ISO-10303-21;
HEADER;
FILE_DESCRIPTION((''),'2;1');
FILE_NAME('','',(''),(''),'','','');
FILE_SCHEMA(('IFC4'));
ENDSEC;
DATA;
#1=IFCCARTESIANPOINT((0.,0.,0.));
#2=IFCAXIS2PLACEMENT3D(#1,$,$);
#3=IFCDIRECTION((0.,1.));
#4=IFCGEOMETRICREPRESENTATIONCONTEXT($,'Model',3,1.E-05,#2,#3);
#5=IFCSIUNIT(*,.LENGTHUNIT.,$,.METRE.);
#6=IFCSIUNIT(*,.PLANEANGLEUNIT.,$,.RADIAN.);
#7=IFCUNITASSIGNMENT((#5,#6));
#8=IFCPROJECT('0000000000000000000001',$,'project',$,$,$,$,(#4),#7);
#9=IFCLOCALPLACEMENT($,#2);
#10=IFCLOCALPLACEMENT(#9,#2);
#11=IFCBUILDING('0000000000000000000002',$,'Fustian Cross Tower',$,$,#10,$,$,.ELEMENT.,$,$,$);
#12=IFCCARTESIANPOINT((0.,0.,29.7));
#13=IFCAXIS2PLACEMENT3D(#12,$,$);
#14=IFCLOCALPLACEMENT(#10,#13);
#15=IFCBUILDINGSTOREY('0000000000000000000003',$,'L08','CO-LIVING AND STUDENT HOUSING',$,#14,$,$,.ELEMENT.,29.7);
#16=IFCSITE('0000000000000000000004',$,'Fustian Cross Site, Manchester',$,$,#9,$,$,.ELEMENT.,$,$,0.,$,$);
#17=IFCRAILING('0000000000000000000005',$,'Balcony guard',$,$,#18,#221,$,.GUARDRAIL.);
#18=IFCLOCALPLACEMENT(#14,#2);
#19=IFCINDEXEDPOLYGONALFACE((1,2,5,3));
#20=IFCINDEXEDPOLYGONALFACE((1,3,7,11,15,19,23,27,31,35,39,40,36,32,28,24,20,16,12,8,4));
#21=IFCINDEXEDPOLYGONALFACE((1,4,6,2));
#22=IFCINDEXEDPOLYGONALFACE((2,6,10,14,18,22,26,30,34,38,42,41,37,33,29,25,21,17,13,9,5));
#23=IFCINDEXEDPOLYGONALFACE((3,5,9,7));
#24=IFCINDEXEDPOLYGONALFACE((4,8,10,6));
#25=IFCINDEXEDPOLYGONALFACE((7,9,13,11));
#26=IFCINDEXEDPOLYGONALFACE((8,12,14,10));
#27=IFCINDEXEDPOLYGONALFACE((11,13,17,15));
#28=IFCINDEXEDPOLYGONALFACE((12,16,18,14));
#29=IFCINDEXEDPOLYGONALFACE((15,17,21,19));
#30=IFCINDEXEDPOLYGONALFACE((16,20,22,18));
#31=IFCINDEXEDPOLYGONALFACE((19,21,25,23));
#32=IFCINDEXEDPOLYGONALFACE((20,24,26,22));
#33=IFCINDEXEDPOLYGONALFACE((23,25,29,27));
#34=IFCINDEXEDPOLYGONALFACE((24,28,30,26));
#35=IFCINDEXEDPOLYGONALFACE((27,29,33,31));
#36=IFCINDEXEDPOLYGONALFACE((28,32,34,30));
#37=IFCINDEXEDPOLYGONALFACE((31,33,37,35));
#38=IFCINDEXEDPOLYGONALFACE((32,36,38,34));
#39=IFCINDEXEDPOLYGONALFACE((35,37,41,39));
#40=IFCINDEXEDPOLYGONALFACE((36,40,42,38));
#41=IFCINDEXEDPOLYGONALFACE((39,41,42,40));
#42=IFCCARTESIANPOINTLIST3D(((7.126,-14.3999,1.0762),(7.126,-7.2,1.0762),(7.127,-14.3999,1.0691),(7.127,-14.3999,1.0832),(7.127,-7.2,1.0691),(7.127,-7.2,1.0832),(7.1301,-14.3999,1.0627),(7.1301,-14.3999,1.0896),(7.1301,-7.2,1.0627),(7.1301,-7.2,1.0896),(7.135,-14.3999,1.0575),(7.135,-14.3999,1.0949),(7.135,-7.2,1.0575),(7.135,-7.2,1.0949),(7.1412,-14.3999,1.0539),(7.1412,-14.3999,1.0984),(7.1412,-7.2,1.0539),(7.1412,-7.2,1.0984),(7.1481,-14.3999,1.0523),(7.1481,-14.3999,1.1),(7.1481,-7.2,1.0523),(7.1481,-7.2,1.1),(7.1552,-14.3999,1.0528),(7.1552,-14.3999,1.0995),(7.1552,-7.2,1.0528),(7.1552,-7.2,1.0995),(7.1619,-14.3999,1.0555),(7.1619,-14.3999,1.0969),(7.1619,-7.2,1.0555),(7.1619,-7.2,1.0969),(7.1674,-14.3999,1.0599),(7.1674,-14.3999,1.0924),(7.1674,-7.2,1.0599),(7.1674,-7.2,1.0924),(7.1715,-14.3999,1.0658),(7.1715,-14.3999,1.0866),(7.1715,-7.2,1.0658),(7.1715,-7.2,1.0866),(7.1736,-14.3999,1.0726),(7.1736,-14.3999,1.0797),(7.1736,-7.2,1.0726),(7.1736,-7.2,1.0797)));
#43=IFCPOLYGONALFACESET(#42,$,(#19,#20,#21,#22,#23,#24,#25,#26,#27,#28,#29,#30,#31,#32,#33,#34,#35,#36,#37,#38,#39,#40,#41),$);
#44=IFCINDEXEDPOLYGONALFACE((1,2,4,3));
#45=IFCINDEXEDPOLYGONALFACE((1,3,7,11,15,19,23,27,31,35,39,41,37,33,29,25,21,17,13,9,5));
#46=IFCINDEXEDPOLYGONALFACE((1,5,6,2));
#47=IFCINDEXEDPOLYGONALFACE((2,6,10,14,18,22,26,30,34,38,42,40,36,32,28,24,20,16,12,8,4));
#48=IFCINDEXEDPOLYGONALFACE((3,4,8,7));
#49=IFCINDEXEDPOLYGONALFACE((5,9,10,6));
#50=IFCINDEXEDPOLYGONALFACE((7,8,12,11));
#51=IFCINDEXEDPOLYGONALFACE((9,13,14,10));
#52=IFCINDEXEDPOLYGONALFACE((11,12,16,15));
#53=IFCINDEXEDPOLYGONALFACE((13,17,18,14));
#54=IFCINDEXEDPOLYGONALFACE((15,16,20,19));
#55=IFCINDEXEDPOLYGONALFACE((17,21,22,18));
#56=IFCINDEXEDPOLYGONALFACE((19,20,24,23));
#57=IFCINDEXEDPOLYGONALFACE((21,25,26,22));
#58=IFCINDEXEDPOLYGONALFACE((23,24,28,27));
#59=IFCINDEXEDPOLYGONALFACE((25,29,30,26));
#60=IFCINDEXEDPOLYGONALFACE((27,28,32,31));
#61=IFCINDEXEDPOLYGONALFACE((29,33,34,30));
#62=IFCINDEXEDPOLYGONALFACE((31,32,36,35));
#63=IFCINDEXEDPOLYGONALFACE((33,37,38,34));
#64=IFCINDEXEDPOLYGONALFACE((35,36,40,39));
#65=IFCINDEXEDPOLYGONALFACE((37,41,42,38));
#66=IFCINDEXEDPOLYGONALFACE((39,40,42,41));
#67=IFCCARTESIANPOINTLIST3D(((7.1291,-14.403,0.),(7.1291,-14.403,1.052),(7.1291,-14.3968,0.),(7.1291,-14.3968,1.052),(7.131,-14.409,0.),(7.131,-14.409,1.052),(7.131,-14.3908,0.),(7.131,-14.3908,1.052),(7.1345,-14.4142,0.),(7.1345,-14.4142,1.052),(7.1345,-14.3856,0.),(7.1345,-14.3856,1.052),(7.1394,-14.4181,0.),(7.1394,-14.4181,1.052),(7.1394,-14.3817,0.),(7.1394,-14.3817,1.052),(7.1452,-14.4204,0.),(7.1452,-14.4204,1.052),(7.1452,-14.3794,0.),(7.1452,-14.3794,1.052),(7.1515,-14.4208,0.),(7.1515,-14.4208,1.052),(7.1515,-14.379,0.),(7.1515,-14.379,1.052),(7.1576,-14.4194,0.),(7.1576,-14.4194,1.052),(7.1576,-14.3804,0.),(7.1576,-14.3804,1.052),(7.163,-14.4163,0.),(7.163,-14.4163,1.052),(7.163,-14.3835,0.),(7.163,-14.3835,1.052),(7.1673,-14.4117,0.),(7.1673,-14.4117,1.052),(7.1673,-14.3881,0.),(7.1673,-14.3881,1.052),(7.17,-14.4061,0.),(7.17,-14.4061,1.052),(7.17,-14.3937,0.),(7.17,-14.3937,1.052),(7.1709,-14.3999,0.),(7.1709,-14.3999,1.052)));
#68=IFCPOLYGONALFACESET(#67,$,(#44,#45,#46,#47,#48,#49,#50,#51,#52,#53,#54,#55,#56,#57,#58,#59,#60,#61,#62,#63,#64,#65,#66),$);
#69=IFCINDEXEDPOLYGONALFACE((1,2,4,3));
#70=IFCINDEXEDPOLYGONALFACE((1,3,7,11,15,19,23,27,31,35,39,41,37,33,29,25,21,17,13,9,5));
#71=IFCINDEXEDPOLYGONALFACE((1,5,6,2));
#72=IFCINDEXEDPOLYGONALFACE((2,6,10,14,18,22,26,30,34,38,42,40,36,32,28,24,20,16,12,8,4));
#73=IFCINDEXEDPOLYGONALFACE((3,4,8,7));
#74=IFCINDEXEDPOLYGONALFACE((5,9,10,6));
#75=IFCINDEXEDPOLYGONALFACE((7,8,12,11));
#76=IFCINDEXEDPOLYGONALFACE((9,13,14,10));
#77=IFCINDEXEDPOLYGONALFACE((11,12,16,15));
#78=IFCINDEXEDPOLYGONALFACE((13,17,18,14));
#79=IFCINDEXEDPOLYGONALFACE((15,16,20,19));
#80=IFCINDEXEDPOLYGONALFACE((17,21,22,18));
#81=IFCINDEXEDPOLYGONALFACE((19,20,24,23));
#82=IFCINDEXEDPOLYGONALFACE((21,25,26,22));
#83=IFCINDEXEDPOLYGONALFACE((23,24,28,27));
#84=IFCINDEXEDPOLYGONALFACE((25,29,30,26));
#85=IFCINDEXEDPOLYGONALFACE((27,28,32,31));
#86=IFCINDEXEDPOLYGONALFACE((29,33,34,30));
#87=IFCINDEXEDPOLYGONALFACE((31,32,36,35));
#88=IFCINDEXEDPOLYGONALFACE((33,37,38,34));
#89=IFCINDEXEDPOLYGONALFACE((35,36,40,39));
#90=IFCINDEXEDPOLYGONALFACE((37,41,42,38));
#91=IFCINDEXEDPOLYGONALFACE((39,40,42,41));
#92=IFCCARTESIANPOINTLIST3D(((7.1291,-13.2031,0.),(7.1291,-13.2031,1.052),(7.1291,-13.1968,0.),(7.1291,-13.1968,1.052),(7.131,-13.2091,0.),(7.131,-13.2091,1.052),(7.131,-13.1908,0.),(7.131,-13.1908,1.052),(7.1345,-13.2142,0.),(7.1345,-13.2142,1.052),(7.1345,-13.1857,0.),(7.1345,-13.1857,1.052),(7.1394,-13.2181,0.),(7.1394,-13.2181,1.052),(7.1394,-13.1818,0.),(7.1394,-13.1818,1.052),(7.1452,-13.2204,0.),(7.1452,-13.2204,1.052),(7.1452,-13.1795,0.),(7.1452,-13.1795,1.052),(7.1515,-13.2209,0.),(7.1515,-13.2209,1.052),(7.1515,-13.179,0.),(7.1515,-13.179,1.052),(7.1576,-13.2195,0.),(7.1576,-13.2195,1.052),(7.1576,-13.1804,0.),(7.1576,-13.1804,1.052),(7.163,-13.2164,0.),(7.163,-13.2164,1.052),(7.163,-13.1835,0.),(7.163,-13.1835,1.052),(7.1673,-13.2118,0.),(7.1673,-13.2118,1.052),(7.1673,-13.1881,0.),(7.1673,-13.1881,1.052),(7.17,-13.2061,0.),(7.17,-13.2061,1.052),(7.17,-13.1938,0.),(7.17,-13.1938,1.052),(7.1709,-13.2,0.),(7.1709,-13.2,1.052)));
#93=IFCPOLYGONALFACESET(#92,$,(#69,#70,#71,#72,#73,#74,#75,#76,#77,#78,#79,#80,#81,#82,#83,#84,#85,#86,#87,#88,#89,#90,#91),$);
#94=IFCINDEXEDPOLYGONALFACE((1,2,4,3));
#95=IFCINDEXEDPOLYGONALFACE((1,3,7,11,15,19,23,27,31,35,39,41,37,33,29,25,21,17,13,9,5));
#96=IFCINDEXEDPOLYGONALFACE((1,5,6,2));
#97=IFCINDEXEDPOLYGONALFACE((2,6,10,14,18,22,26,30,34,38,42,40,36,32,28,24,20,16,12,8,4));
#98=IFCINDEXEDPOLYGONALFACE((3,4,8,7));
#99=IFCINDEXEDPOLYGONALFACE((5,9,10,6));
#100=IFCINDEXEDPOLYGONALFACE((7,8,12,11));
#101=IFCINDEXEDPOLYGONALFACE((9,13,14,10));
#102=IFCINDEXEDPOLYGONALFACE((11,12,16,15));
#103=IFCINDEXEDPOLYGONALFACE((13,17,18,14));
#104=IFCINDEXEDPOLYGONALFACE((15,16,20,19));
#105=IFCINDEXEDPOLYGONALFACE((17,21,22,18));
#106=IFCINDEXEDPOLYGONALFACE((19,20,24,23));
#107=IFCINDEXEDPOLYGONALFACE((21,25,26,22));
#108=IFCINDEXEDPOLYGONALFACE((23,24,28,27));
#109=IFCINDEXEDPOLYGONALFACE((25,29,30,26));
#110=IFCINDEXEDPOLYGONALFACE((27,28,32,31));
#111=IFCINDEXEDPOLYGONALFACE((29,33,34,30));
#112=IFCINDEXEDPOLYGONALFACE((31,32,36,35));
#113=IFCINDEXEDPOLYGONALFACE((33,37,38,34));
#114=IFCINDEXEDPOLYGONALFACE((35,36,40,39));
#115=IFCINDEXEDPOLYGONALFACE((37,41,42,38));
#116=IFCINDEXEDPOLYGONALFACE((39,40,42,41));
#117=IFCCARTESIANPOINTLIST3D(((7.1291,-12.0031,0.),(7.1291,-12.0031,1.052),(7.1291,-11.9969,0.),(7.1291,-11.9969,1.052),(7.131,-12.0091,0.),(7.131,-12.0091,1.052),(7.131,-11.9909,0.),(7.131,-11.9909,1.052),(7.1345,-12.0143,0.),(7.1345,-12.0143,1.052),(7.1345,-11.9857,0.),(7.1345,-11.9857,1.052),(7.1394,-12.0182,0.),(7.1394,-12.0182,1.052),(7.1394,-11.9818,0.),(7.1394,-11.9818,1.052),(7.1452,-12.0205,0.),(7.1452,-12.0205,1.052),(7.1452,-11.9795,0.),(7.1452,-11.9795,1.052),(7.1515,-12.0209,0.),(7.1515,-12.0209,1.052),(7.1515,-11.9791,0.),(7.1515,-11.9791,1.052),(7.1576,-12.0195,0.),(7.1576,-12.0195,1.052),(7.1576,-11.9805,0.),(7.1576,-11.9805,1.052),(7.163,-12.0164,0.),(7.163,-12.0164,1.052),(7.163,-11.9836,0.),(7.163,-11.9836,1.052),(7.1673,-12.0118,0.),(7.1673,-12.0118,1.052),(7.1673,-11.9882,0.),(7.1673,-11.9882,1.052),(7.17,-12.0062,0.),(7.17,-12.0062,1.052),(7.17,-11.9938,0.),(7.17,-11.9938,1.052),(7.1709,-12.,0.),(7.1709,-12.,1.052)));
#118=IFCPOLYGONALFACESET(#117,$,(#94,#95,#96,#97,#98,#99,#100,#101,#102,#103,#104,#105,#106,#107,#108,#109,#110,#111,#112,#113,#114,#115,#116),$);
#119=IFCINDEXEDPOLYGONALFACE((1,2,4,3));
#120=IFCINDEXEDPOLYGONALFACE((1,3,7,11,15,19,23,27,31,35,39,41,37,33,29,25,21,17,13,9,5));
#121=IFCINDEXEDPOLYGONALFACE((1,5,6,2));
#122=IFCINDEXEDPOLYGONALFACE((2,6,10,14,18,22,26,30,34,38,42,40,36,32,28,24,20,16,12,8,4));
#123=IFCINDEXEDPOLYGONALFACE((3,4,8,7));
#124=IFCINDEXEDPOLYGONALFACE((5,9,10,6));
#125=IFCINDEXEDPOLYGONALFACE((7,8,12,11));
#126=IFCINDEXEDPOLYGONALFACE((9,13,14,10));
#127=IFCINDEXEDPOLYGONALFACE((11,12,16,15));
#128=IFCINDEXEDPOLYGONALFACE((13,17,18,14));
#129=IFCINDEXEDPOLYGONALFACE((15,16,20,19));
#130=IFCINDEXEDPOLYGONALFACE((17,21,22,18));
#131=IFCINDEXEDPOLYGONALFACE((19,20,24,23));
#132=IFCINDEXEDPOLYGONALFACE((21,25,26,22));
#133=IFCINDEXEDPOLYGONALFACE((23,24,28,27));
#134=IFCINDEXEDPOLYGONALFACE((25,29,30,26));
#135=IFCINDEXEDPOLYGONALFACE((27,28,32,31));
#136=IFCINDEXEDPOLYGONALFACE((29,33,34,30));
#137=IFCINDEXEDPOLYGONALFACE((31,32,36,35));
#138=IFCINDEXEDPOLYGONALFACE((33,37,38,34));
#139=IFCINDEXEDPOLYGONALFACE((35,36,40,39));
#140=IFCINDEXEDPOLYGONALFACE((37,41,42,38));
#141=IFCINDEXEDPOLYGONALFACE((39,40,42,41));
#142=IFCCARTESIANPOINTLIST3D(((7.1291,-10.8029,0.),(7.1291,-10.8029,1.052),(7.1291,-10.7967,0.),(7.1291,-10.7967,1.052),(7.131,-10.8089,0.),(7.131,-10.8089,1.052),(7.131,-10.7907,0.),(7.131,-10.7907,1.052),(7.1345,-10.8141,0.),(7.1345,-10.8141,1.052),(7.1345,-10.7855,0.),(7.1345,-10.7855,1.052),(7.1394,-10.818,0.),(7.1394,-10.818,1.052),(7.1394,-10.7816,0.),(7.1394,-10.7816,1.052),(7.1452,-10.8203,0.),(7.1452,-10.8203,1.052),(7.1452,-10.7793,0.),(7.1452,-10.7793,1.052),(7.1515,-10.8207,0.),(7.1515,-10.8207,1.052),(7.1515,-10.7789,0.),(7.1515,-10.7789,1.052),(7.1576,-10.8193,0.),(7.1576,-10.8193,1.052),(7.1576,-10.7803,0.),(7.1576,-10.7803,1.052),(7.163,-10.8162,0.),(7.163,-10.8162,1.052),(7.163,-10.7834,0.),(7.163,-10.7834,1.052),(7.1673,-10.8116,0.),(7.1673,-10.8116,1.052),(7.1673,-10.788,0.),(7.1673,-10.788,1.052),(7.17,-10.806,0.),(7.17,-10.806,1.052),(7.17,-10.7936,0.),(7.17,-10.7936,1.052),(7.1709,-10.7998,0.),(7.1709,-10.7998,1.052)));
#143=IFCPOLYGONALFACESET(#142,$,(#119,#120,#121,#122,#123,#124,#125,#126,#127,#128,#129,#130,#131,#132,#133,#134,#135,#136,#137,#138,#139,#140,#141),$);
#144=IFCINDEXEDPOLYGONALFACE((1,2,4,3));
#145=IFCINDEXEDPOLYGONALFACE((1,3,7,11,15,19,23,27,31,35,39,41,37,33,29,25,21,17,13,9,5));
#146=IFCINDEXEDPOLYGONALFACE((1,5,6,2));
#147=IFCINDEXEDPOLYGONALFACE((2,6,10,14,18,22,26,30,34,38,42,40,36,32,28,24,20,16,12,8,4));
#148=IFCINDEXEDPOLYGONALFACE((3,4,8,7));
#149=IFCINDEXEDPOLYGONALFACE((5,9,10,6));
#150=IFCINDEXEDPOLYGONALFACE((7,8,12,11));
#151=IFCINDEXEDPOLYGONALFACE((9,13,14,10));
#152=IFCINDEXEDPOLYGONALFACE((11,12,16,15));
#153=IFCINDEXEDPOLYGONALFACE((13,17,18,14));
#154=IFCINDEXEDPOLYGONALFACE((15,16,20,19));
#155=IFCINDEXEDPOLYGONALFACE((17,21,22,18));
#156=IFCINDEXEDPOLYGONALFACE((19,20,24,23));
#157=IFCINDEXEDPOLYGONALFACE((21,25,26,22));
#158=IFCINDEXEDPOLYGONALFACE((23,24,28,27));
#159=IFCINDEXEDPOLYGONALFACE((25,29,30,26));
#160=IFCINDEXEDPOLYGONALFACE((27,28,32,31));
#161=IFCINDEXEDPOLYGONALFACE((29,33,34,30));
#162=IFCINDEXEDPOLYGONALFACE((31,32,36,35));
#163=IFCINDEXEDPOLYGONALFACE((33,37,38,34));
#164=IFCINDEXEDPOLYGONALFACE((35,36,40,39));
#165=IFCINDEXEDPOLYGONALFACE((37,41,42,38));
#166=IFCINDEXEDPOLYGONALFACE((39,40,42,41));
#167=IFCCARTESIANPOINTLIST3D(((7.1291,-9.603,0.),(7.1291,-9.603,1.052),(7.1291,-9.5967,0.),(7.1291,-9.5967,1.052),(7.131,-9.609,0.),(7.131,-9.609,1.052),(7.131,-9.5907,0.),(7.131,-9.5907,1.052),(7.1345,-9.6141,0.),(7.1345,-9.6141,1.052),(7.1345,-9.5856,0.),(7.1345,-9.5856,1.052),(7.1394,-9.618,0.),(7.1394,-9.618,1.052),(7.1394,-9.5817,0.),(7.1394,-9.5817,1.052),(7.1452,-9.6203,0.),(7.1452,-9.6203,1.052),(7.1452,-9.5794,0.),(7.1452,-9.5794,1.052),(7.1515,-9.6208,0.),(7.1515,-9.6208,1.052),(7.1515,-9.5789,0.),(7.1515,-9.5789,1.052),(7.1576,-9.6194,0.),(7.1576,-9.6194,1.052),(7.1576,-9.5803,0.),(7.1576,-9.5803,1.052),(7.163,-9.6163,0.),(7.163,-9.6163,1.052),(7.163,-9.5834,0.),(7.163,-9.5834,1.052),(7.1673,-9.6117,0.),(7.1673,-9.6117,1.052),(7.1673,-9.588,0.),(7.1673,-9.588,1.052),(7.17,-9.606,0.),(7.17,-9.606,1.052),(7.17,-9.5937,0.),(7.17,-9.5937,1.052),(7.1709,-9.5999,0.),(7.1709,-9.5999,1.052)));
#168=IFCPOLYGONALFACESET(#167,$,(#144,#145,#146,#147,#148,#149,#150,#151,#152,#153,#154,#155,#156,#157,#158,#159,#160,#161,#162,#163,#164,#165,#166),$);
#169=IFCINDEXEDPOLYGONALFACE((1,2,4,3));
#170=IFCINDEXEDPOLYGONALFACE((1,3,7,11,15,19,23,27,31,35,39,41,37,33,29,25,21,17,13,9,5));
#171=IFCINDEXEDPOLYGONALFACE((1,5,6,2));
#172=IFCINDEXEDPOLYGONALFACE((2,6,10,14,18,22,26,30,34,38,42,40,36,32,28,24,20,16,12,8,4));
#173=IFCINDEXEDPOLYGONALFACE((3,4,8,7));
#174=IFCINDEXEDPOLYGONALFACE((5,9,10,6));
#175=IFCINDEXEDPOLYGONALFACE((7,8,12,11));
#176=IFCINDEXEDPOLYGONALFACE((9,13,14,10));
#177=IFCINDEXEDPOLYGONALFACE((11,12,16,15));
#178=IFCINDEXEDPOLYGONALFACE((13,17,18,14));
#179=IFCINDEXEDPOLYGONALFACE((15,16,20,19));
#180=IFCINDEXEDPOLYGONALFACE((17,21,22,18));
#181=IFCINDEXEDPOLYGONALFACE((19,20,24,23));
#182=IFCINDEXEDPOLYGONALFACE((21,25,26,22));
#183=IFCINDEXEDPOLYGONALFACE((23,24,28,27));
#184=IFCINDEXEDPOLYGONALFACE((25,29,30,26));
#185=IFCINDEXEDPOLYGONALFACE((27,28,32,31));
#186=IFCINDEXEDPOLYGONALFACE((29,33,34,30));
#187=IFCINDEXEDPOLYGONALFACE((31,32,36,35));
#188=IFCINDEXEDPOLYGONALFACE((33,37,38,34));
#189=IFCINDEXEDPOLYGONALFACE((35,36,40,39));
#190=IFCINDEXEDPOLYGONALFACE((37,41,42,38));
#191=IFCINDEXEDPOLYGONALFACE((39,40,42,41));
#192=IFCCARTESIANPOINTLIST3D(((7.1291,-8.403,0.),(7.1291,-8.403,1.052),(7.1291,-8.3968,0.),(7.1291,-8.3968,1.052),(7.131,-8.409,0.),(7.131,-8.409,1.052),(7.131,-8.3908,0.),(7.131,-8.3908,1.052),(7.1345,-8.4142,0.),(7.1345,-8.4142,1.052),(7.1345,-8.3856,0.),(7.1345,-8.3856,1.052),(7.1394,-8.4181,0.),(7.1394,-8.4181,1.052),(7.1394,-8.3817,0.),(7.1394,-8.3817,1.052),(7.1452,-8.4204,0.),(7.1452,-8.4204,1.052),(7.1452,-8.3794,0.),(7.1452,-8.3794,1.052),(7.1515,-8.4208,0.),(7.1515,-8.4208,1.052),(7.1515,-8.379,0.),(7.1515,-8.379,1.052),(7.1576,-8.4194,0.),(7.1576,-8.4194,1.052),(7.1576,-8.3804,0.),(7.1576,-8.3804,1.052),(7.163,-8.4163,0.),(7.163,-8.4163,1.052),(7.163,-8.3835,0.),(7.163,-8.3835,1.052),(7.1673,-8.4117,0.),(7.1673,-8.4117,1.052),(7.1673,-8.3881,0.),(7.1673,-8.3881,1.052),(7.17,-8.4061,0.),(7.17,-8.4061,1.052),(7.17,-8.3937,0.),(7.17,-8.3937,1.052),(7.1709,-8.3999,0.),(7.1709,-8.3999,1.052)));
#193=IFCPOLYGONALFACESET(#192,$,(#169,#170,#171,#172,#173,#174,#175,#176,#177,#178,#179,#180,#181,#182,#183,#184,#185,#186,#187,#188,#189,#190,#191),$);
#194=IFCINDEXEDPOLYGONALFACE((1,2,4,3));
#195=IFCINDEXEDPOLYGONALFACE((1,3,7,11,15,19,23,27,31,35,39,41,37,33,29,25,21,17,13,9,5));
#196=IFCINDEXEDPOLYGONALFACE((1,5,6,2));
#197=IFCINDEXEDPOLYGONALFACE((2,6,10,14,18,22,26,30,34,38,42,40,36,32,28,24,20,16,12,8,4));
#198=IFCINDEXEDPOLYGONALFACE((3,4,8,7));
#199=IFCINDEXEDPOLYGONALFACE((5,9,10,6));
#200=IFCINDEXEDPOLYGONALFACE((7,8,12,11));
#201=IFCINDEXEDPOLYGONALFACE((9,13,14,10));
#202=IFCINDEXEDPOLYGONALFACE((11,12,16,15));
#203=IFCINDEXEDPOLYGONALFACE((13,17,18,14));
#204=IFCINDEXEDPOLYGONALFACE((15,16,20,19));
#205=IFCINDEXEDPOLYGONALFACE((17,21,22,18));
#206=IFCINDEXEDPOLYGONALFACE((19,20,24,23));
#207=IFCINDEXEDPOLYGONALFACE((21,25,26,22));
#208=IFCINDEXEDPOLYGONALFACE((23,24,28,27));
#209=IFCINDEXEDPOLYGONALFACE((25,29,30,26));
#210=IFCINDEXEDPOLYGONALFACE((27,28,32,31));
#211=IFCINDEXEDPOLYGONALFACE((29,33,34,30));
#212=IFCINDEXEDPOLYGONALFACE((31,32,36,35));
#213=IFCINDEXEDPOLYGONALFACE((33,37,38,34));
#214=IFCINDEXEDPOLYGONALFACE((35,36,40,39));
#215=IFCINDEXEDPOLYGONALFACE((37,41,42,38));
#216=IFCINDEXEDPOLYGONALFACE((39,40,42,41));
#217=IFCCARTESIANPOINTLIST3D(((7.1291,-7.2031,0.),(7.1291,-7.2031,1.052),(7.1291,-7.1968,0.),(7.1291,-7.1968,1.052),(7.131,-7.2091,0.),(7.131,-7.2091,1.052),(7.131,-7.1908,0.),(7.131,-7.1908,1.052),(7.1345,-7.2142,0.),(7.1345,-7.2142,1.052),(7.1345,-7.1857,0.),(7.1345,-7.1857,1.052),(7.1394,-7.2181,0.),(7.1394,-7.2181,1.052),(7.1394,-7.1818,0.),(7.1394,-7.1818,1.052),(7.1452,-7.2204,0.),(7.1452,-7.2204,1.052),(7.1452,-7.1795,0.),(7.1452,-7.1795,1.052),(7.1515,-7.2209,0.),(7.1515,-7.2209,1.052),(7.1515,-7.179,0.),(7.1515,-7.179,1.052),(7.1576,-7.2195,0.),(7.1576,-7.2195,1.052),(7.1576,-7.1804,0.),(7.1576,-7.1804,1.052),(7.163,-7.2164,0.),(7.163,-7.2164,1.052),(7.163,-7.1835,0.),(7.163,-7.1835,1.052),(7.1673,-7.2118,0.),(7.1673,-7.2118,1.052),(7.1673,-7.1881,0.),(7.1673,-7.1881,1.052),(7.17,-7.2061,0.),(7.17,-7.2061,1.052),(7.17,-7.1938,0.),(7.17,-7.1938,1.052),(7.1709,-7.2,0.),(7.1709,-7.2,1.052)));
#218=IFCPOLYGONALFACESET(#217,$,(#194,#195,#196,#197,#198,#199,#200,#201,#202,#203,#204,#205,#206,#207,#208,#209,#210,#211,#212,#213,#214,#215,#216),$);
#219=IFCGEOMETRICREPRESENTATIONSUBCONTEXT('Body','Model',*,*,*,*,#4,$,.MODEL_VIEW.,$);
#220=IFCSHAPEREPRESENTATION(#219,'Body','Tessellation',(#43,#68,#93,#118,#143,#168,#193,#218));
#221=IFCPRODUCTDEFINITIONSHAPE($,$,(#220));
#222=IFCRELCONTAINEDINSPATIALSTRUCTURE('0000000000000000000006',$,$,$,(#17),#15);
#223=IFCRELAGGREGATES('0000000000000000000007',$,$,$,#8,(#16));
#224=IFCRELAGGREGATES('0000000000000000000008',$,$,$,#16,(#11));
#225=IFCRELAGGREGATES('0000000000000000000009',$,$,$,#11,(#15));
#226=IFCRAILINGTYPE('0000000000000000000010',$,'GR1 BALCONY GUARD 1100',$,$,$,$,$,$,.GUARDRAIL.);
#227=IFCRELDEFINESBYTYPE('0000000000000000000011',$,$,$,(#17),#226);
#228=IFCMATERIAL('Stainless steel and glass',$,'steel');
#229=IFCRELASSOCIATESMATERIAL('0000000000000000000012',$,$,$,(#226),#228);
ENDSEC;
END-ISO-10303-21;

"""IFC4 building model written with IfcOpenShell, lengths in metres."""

from ifc_helpers import new_model, si_unit, direction, frame, origin, origin_2d, place, context, subcontext, project, spatial, circle, extrude, material, type_object, element, save


model = new_model("IFC4")

# Units and contexts
model_context = context("Model", 3, precision=1e-05, world=origin(), true_north=direction((0.0, 1.0)))
body_context = subcontext(model_context, "Body", "Model", "MODEL_VIEW")
ifc_project = project(units=[si_unit("LENGTHUNIT", "METRE"), si_unit("PLANEANGLEUNIT", "RADIAN")], contexts=[model_context])

# Site, building, storey
site_placement = place(None, origin())
site = spatial("IfcSite", under=ifc_project, at=site_placement, Name="Fustian Cross Site, Manchester", CompositionType="ELEMENT", RefElevation=0.0)
building_placement = place(site_placement, origin())
building = spatial("IfcBuilding", under=site, at=building_placement, Name="Fustian Cross Tower", CompositionType="ELEMENT")
storey_placement = place(building_placement, frame((0.0, 0.0, 29.7)))
storey = spatial("IfcBuildingStorey", under=building, at=storey_placement, Name="L08", Description="CO-LIVING AND STUDENT HOUSING", CompositionType="ELEMENT", Elevation=29.7)

# Railing
ifc_material_1 = material(Name="Stainless steel and glass", Category="steel")
railing_type = type_object("IfcRailingType", Name="GR1 BALCONY GUARD 1100", PredefinedType="GUARDRAIL", material=ifc_material_1)
railing_placement = place(storey_placement, frame((7.1499, -14.3999, 0.0)))
element("IfcRailing", 1, at=railing_placement, inside=storey, type_object=railing_type, Name="Balcony guard", PredefinedType="GUARDRAIL", context=body_context, shape_type="SweptSolid", body=[
    extrude(circle(Radius=0.0239, at=origin_2d()), frame((0.0, 0.0, 1.0762), z_axis=(0.0, 1.0, 0.0), x_axis=(-1.0, 0.0, 0.0)), (0.0, 0.0, 1.0), 7.2),
    extrude(circle(Radius=0.021, at=origin_2d()), origin(), (0.0, 0.0, 1.0), 1.052),
    extrude(circle(Radius=0.021, at=origin_2d()), frame((0.0, 1.2, 0.0)), (0.0, 0.0, 1.0), 1.052),
    extrude(circle(Radius=0.021, at=origin_2d()), frame((0.0, 2.3999, 0.0)), (0.0, 0.0, 1.0), 1.052),
    extrude(circle(Radius=0.021, at=origin_2d()), frame((0.0, 3.6001, 0.0)), (0.0, 0.0, 1.0), 1.052),
    extrude(circle(Radius=0.021, at=origin_2d()), frame((0.0, 4.8, 0.0)), (0.0, 0.0, 1.0), 1.052),
    extrude(circle(Radius=0.021, at=origin_2d()), frame((0.0, 6.0, 0.0)), (0.0, 0.0, 1.0), 1.052),
    extrude(circle(Radius=0.021, at=origin_2d()), frame((0.0, 7.2, 0.0)), (0.0, 0.0, 1.0), 1.052),
])

save(model, "model.ifc")
